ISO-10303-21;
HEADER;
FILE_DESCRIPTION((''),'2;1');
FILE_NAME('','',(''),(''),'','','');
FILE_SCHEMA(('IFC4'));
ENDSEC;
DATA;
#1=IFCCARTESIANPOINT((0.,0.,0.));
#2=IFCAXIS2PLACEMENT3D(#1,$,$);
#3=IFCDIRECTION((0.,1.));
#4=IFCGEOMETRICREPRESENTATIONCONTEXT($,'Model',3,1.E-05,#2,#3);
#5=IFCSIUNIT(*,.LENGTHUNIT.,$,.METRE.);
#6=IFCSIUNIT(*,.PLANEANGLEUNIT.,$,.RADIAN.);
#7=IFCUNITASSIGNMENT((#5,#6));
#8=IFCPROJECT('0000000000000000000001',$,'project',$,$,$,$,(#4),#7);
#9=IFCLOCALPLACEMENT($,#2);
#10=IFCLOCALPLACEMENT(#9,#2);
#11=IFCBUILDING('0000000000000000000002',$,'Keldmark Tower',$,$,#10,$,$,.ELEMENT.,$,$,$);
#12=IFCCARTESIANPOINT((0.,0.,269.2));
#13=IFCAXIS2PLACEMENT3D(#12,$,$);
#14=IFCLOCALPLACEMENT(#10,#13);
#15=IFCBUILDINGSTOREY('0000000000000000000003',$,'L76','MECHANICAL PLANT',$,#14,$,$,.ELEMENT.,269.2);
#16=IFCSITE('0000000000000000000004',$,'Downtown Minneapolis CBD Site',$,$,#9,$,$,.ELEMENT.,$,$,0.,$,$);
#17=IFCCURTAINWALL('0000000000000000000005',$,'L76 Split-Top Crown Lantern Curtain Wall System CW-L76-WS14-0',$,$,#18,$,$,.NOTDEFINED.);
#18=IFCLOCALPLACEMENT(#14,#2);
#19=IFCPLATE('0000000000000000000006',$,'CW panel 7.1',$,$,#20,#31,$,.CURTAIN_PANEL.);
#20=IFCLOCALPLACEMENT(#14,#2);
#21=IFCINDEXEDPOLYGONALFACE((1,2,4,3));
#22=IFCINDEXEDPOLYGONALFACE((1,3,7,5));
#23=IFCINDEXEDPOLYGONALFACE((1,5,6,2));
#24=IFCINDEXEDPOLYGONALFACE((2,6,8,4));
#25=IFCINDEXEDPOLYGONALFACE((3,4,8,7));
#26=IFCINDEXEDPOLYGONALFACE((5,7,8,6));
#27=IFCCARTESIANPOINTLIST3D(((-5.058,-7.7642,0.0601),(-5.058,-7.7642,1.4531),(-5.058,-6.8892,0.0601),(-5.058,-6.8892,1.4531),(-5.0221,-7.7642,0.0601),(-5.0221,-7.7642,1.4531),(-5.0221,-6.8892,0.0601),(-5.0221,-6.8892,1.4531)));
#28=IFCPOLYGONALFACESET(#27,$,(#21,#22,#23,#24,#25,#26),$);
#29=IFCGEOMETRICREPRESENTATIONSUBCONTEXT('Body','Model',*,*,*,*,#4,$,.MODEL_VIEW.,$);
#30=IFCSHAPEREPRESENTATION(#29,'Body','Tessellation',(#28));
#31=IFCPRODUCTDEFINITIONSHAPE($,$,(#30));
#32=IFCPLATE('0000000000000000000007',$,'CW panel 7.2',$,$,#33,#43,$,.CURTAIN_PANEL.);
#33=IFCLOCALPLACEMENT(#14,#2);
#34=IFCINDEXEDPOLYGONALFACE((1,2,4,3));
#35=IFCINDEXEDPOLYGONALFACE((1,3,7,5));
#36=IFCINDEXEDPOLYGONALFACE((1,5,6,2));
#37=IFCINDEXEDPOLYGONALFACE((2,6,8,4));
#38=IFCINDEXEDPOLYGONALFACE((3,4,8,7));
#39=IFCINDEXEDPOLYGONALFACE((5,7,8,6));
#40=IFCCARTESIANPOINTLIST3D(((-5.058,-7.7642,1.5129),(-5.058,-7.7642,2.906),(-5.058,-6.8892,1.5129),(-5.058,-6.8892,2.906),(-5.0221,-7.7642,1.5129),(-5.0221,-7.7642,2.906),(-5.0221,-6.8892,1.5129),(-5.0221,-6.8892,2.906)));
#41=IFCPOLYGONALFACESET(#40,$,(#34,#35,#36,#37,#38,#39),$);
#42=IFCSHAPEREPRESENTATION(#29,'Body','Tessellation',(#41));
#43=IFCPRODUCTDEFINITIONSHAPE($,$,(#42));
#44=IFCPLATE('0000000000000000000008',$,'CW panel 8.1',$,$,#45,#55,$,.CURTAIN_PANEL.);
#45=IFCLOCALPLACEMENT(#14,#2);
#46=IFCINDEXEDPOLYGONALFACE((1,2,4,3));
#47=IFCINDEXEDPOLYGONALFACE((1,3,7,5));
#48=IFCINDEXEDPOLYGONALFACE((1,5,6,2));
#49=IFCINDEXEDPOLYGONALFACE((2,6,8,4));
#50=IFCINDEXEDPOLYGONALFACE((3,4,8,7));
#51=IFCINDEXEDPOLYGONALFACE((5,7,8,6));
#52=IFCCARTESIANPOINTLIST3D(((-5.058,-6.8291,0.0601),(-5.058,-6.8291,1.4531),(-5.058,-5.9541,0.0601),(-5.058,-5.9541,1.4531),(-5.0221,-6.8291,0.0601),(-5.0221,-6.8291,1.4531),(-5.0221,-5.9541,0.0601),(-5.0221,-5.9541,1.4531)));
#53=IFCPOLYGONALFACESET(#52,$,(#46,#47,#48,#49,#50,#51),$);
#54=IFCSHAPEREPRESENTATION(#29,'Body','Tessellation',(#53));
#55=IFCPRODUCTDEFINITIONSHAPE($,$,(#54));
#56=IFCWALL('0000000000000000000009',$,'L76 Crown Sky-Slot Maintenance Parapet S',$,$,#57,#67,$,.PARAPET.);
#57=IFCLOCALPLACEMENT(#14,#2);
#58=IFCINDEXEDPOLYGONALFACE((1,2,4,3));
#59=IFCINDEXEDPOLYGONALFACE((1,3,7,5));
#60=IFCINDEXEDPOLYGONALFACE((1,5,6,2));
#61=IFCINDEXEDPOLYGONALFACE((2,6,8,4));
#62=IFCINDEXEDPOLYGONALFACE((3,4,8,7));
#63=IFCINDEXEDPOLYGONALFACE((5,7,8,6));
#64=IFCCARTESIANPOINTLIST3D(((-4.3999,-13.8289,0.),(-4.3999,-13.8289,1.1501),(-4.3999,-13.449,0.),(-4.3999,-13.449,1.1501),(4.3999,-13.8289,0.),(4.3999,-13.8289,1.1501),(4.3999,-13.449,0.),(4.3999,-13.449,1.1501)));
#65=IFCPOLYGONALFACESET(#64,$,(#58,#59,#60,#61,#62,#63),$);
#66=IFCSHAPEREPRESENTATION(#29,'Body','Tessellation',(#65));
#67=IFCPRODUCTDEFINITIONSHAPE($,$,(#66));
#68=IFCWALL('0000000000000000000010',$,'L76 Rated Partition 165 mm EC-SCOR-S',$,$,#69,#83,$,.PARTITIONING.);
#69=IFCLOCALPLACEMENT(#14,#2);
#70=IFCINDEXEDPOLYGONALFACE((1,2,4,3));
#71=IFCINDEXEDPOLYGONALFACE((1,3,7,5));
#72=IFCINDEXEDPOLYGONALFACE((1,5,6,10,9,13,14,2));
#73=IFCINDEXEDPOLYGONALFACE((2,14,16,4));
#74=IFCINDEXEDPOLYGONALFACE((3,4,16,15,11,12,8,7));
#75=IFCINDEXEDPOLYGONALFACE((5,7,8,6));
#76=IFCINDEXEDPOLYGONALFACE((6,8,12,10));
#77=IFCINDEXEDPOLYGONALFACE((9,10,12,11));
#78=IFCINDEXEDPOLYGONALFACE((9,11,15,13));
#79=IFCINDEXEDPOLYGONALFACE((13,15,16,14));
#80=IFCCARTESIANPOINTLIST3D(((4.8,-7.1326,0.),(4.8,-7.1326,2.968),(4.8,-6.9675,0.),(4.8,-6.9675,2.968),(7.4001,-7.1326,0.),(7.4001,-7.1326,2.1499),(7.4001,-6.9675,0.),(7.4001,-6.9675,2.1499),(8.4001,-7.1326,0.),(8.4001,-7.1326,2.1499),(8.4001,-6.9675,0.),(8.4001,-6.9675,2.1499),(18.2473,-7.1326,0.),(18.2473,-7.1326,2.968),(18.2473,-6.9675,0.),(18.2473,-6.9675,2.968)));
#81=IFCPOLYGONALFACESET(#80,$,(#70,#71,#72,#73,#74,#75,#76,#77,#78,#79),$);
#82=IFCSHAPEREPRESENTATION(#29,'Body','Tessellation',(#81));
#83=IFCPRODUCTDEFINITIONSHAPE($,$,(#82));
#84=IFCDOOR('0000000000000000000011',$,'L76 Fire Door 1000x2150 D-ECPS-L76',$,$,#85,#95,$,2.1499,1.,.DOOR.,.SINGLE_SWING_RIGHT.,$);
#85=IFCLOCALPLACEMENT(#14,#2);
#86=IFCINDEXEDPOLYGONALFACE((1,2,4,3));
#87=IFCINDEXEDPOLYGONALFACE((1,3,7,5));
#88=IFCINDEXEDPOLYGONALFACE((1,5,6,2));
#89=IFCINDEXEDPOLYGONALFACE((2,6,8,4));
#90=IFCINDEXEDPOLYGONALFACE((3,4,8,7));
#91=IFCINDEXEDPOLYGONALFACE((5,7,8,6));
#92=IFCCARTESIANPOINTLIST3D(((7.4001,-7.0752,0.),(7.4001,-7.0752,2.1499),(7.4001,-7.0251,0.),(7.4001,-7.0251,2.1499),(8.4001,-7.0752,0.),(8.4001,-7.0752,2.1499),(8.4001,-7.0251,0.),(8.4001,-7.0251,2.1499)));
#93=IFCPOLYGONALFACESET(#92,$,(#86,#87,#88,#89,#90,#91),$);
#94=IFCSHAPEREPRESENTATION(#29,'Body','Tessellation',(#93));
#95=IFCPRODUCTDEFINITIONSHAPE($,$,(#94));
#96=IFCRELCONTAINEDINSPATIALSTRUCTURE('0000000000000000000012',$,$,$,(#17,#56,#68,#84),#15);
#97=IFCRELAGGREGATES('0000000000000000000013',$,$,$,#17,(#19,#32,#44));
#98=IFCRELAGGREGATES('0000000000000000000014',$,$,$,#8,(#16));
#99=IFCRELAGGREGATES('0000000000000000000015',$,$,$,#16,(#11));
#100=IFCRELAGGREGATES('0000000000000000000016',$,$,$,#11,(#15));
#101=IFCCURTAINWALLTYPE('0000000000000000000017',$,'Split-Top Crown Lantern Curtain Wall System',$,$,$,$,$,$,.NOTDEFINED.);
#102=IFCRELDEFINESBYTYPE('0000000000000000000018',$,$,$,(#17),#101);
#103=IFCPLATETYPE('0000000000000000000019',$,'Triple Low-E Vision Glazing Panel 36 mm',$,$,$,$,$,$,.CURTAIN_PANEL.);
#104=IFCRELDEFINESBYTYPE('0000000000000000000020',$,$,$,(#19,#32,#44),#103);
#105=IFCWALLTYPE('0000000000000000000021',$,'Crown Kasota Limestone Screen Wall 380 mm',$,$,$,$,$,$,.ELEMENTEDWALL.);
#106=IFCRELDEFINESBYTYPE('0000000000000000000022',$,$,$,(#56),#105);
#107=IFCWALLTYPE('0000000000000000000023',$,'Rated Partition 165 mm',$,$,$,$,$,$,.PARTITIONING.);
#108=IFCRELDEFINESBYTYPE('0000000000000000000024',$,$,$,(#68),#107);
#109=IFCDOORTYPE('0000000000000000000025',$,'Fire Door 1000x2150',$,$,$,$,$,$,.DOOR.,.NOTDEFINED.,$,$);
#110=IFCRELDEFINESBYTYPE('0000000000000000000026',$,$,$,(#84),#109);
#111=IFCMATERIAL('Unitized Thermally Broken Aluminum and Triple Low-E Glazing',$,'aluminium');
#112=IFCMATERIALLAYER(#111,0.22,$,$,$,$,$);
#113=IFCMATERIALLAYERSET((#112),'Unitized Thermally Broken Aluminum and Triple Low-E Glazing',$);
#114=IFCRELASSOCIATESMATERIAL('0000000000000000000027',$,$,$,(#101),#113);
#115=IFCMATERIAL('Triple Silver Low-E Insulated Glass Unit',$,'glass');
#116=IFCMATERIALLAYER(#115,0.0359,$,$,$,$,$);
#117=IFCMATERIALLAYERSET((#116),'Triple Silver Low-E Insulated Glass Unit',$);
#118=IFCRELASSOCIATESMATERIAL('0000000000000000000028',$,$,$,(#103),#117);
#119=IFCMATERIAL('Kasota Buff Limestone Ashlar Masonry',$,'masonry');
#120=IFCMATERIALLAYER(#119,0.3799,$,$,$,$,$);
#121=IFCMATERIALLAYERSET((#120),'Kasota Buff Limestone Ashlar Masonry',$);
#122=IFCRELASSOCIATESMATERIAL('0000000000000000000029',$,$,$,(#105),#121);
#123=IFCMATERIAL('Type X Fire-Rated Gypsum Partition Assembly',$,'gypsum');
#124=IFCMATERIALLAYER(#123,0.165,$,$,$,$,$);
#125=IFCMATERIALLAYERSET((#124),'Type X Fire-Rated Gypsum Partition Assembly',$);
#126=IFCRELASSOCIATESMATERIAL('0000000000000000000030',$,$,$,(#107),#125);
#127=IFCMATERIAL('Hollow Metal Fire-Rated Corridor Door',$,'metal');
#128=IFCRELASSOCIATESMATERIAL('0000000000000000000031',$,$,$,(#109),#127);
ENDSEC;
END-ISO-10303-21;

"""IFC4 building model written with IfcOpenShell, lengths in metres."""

from ifc_helpers import new_model, si_unit, direction, frame, frame_2d, origin, origin_2d, place, context, subcontext, project, spatial, rectangle, extrude, material, layer, layer_set, type_object, element, fill, aggregate, save


model = new_model("IFC4")

# Units and contexts
model_context = context("Model", 3, precision=1e-05, world=origin(), true_north=direction((0.0, 1.0)))
body_context = subcontext(model_context, "Body", "Model", "MODEL_VIEW")
ifc_project = project(units=[si_unit("LENGTHUNIT", "METRE"), si_unit("PLANEANGLEUNIT", "RADIAN")], contexts=[model_context])

# Site, building, storey
site_placement = place(None, origin())
site = spatial("IfcSite", under=ifc_project, at=site_placement, Name="Downtown Minneapolis CBD Site", CompositionType="ELEMENT", RefElevation=0.0)
building_placement = place(site_placement, origin())
building = spatial("IfcBuilding", under=site, at=building_placement, Name="Keldmark Tower", CompositionType="ELEMENT")
storey_placement = place(building_placement, frame((0.0, 0.0, 269.2)))
storey = spatial("IfcBuildingStorey", under=building, at=storey_placement, Name="L76", Description="MECHANICAL PLANT", CompositionType="ELEMENT", Elevation=269.2)

# Curtain wall
ifc_material_1 = material(Name="Unitized Thermally Broken Aluminum and Triple Low-E Glazing", Category="aluminium")
ifc_layer_1 = layer(ifc_material_1, 0.22)
ifc_layer_set_1 = layer_set([ifc_layer_1], Name="Unitized Thermally Broken Aluminum and Triple Low-E Glazing")
curtain_wall_type = type_object("IfcCurtainWallType", Name="Split-Top Crown Lantern Curtain Wall System", PredefinedType="NOTDEFINED", material=ifc_layer_set_1)
curtain_wall_placement = place(storey_placement, origin())
curtain_wall = element("IfcCurtainWall", 1, at=curtain_wall_placement, inside=storey, type_object=curtain_wall_type, Name="L76 Split-Top Crown Lantern Curtain Wall System CW-L76-WS14-0", PredefinedType="NOTDEFINED")

# Plates
ifc_material_2 = material(Name="Triple Silver Low-E Insulated Glass Unit", Category="glass")
ifc_layer_2 = layer(ifc_material_2, 0.0359)
ifc_layer_set_2 = layer_set([ifc_layer_2], Name="Triple Silver Low-E Insulated Glass Unit")
plate_type_1 = type_object("IfcPlateType", Name="Triple Low-E Vision Glazing Panel 36 mm", PredefinedType="CURTAIN_PANEL", material=ifc_layer_set_2)
plate_1_placement = place(storey_placement, frame((-5.04, -7.3267, 0.0601), z_axis=(0.0, 0.0, 1.0), x_axis=(0.0, 1.0, 0.0)))
plate_1 = element("IfcPlate", 2, at=plate_1_placement, type_object=plate_type_1, Name="CW panel 7.1", PredefinedType="CURTAIN_PANEL", context=body_context, shape_type="SweptSolid", body=[
    extrude(rectangle(XDim=0.875, YDim=0.0359, at=origin_2d()), origin(), (0.0, 0.0, 1.0), 1.3931),
])
plate_2_placement = place(storey_placement, frame((-5.04, -7.3267, 1.5129), z_axis=(0.0, 0.0, 1.0), x_axis=(0.0, 1.0, 0.0)))
plate_2 = element("IfcPlate", 3, at=plate_2_placement, type_object=plate_type_1, Name="CW panel 7.2", PredefinedType="CURTAIN_PANEL", context=body_context, shape_type="SweptSolid", body=[
    extrude(rectangle(XDim=0.875, YDim=0.0359, at=origin_2d()), origin(), (0.0, 0.0, 1.0), 1.3931),
])
plate_3_placement = place(storey_placement, frame((-5.04, -6.3916, 0.0601), z_axis=(0.0, 0.0, 1.0), x_axis=(0.0, 1.0, 0.0)))
plate_3 = element("IfcPlate", 4, at=plate_3_placement, type_object=plate_type_1, Name="CW panel 8.1", PredefinedType="CURTAIN_PANEL", context=body_context, shape_type="SweptSolid", body=[
    extrude(rectangle(XDim=0.875, YDim=0.0359, at=origin_2d()), origin(), (0.0, 0.0, 1.0), 1.3931),
])
aggregate(curtain_wall, [plate_1, plate_2, plate_3])

# Wall
ifc_material_3 = material(Name="Kasota Buff Limestone Ashlar Masonry", Category="masonry")
ifc_layer_3 = layer(ifc_material_3, 0.3799)
ifc_layer_set_3 = layer_set([ifc_layer_3], Name="Kasota Buff Limestone Ashlar Masonry")
wall_type_1 = type_object("IfcWallType", Name="Crown Kasota Limestone Screen Wall 380 mm", PredefinedType="ELEMENTEDWALL", material=ifc_layer_set_3)
wall_1_placement = place(storey_placement, frame((-4.3999, -13.6389, 0.0), z_axis=(0.0, 0.0, 1.0), x_axis=(1.0, 0.0, 0.0)))
element("IfcWall", 5, at=wall_1_placement, inside=storey, type_object=wall_type_1, Name="L76 Crown Sky-Slot Maintenance Parapet S", PredefinedType="PARAPET", context=body_context, shape_type="SweptSolid", body=[
    extrude(rectangle(XDim=8.7998, YDim=0.3799, at=frame_2d((4.3999, 0.0))), origin(), (0.0, 0.0, 1.0), 1.1501),
])

# Wall, opening, door
ifc_material_4 = material(Name="Type X Fire-Rated Gypsum Partition Assembly", Category="gypsum")
ifc_layer_4 = layer(ifc_material_4, 0.165)
ifc_layer_set_4 = layer_set([ifc_layer_4], Name="Type X Fire-Rated Gypsum Partition Assembly")
wall_type_2 = type_object("IfcWallType", Name="Rated Partition 165 mm", PredefinedType="PARTITIONING", material=ifc_layer_set_4)
wall_2_placement = place(storey_placement, frame((4.8, -7.05, 0.0), z_axis=(0.0, 0.0, 1.0), x_axis=(1.0, 0.0, 0.0)))
wall_2 = element("IfcWall", 6, at=wall_2_placement, inside=storey, type_object=wall_type_2, Name="L76 Rated Partition 165 mm EC-SCOR-S", PredefinedType="PARTITIONING", context=body_context, shape_type="SweptSolid", body=[
    extrude(rectangle(XDim=13.4473, YDim=0.165, at=frame_2d((6.7236, 0.0))), origin(), (0.0, 0.0, 1.0), 2.968),
])
opening_placement = place(wall_2_placement, frame((2.6001, 0.0, 0.0)))
opening = element("IfcOpeningElement", 7, at=opening_placement, cuts=wall_2, PredefinedType="OPENING", context=body_context, shape_type="SweptSolid", body=[
    extrude(rectangle(XDim=1.0, YDim=2.1499, at=frame_2d((0.5, 1.075))), frame((0.0, 0.0925, 0.0), z_axis=(0.0, -1.0, 0.0), x_axis=(1.0, 0.0, 0.0)), (0.0, 0.0, 1.0), 0.1851),
])
ifc_material_5 = material(Name="Hollow Metal Fire-Rated Corridor Door", Category="metal")
door_type = type_object("IfcDoorType", Name="Fire Door 1000x2150", OperationType="NOTDEFINED", PredefinedType="DOOR", material=ifc_material_5)
door_placement = place(opening_placement, origin())
door = element("IfcDoor", 8, at=door_placement, inside=storey, type_object=door_type, Name="L76 Fire Door 1000x2150 D-ECPS-L76", OperationType="SINGLE_SWING_RIGHT", OverallHeight=2.1499, OverallWidth=1.0, PredefinedType="DOOR", context=body_context, shape_type="SweptSolid", body=[
    extrude(rectangle(XDim=1.0, YDim=2.1499, at=frame_2d((0.5, 1.075))), frame((0.0, 0.0249, 0.0), z_axis=(0.0, -1.0, 0.0), x_axis=(1.0, 0.0, 0.0)), (0.0, 0.0, 1.0), 0.05),
])
fill(opening, door)

save(model, "model.ifc")
